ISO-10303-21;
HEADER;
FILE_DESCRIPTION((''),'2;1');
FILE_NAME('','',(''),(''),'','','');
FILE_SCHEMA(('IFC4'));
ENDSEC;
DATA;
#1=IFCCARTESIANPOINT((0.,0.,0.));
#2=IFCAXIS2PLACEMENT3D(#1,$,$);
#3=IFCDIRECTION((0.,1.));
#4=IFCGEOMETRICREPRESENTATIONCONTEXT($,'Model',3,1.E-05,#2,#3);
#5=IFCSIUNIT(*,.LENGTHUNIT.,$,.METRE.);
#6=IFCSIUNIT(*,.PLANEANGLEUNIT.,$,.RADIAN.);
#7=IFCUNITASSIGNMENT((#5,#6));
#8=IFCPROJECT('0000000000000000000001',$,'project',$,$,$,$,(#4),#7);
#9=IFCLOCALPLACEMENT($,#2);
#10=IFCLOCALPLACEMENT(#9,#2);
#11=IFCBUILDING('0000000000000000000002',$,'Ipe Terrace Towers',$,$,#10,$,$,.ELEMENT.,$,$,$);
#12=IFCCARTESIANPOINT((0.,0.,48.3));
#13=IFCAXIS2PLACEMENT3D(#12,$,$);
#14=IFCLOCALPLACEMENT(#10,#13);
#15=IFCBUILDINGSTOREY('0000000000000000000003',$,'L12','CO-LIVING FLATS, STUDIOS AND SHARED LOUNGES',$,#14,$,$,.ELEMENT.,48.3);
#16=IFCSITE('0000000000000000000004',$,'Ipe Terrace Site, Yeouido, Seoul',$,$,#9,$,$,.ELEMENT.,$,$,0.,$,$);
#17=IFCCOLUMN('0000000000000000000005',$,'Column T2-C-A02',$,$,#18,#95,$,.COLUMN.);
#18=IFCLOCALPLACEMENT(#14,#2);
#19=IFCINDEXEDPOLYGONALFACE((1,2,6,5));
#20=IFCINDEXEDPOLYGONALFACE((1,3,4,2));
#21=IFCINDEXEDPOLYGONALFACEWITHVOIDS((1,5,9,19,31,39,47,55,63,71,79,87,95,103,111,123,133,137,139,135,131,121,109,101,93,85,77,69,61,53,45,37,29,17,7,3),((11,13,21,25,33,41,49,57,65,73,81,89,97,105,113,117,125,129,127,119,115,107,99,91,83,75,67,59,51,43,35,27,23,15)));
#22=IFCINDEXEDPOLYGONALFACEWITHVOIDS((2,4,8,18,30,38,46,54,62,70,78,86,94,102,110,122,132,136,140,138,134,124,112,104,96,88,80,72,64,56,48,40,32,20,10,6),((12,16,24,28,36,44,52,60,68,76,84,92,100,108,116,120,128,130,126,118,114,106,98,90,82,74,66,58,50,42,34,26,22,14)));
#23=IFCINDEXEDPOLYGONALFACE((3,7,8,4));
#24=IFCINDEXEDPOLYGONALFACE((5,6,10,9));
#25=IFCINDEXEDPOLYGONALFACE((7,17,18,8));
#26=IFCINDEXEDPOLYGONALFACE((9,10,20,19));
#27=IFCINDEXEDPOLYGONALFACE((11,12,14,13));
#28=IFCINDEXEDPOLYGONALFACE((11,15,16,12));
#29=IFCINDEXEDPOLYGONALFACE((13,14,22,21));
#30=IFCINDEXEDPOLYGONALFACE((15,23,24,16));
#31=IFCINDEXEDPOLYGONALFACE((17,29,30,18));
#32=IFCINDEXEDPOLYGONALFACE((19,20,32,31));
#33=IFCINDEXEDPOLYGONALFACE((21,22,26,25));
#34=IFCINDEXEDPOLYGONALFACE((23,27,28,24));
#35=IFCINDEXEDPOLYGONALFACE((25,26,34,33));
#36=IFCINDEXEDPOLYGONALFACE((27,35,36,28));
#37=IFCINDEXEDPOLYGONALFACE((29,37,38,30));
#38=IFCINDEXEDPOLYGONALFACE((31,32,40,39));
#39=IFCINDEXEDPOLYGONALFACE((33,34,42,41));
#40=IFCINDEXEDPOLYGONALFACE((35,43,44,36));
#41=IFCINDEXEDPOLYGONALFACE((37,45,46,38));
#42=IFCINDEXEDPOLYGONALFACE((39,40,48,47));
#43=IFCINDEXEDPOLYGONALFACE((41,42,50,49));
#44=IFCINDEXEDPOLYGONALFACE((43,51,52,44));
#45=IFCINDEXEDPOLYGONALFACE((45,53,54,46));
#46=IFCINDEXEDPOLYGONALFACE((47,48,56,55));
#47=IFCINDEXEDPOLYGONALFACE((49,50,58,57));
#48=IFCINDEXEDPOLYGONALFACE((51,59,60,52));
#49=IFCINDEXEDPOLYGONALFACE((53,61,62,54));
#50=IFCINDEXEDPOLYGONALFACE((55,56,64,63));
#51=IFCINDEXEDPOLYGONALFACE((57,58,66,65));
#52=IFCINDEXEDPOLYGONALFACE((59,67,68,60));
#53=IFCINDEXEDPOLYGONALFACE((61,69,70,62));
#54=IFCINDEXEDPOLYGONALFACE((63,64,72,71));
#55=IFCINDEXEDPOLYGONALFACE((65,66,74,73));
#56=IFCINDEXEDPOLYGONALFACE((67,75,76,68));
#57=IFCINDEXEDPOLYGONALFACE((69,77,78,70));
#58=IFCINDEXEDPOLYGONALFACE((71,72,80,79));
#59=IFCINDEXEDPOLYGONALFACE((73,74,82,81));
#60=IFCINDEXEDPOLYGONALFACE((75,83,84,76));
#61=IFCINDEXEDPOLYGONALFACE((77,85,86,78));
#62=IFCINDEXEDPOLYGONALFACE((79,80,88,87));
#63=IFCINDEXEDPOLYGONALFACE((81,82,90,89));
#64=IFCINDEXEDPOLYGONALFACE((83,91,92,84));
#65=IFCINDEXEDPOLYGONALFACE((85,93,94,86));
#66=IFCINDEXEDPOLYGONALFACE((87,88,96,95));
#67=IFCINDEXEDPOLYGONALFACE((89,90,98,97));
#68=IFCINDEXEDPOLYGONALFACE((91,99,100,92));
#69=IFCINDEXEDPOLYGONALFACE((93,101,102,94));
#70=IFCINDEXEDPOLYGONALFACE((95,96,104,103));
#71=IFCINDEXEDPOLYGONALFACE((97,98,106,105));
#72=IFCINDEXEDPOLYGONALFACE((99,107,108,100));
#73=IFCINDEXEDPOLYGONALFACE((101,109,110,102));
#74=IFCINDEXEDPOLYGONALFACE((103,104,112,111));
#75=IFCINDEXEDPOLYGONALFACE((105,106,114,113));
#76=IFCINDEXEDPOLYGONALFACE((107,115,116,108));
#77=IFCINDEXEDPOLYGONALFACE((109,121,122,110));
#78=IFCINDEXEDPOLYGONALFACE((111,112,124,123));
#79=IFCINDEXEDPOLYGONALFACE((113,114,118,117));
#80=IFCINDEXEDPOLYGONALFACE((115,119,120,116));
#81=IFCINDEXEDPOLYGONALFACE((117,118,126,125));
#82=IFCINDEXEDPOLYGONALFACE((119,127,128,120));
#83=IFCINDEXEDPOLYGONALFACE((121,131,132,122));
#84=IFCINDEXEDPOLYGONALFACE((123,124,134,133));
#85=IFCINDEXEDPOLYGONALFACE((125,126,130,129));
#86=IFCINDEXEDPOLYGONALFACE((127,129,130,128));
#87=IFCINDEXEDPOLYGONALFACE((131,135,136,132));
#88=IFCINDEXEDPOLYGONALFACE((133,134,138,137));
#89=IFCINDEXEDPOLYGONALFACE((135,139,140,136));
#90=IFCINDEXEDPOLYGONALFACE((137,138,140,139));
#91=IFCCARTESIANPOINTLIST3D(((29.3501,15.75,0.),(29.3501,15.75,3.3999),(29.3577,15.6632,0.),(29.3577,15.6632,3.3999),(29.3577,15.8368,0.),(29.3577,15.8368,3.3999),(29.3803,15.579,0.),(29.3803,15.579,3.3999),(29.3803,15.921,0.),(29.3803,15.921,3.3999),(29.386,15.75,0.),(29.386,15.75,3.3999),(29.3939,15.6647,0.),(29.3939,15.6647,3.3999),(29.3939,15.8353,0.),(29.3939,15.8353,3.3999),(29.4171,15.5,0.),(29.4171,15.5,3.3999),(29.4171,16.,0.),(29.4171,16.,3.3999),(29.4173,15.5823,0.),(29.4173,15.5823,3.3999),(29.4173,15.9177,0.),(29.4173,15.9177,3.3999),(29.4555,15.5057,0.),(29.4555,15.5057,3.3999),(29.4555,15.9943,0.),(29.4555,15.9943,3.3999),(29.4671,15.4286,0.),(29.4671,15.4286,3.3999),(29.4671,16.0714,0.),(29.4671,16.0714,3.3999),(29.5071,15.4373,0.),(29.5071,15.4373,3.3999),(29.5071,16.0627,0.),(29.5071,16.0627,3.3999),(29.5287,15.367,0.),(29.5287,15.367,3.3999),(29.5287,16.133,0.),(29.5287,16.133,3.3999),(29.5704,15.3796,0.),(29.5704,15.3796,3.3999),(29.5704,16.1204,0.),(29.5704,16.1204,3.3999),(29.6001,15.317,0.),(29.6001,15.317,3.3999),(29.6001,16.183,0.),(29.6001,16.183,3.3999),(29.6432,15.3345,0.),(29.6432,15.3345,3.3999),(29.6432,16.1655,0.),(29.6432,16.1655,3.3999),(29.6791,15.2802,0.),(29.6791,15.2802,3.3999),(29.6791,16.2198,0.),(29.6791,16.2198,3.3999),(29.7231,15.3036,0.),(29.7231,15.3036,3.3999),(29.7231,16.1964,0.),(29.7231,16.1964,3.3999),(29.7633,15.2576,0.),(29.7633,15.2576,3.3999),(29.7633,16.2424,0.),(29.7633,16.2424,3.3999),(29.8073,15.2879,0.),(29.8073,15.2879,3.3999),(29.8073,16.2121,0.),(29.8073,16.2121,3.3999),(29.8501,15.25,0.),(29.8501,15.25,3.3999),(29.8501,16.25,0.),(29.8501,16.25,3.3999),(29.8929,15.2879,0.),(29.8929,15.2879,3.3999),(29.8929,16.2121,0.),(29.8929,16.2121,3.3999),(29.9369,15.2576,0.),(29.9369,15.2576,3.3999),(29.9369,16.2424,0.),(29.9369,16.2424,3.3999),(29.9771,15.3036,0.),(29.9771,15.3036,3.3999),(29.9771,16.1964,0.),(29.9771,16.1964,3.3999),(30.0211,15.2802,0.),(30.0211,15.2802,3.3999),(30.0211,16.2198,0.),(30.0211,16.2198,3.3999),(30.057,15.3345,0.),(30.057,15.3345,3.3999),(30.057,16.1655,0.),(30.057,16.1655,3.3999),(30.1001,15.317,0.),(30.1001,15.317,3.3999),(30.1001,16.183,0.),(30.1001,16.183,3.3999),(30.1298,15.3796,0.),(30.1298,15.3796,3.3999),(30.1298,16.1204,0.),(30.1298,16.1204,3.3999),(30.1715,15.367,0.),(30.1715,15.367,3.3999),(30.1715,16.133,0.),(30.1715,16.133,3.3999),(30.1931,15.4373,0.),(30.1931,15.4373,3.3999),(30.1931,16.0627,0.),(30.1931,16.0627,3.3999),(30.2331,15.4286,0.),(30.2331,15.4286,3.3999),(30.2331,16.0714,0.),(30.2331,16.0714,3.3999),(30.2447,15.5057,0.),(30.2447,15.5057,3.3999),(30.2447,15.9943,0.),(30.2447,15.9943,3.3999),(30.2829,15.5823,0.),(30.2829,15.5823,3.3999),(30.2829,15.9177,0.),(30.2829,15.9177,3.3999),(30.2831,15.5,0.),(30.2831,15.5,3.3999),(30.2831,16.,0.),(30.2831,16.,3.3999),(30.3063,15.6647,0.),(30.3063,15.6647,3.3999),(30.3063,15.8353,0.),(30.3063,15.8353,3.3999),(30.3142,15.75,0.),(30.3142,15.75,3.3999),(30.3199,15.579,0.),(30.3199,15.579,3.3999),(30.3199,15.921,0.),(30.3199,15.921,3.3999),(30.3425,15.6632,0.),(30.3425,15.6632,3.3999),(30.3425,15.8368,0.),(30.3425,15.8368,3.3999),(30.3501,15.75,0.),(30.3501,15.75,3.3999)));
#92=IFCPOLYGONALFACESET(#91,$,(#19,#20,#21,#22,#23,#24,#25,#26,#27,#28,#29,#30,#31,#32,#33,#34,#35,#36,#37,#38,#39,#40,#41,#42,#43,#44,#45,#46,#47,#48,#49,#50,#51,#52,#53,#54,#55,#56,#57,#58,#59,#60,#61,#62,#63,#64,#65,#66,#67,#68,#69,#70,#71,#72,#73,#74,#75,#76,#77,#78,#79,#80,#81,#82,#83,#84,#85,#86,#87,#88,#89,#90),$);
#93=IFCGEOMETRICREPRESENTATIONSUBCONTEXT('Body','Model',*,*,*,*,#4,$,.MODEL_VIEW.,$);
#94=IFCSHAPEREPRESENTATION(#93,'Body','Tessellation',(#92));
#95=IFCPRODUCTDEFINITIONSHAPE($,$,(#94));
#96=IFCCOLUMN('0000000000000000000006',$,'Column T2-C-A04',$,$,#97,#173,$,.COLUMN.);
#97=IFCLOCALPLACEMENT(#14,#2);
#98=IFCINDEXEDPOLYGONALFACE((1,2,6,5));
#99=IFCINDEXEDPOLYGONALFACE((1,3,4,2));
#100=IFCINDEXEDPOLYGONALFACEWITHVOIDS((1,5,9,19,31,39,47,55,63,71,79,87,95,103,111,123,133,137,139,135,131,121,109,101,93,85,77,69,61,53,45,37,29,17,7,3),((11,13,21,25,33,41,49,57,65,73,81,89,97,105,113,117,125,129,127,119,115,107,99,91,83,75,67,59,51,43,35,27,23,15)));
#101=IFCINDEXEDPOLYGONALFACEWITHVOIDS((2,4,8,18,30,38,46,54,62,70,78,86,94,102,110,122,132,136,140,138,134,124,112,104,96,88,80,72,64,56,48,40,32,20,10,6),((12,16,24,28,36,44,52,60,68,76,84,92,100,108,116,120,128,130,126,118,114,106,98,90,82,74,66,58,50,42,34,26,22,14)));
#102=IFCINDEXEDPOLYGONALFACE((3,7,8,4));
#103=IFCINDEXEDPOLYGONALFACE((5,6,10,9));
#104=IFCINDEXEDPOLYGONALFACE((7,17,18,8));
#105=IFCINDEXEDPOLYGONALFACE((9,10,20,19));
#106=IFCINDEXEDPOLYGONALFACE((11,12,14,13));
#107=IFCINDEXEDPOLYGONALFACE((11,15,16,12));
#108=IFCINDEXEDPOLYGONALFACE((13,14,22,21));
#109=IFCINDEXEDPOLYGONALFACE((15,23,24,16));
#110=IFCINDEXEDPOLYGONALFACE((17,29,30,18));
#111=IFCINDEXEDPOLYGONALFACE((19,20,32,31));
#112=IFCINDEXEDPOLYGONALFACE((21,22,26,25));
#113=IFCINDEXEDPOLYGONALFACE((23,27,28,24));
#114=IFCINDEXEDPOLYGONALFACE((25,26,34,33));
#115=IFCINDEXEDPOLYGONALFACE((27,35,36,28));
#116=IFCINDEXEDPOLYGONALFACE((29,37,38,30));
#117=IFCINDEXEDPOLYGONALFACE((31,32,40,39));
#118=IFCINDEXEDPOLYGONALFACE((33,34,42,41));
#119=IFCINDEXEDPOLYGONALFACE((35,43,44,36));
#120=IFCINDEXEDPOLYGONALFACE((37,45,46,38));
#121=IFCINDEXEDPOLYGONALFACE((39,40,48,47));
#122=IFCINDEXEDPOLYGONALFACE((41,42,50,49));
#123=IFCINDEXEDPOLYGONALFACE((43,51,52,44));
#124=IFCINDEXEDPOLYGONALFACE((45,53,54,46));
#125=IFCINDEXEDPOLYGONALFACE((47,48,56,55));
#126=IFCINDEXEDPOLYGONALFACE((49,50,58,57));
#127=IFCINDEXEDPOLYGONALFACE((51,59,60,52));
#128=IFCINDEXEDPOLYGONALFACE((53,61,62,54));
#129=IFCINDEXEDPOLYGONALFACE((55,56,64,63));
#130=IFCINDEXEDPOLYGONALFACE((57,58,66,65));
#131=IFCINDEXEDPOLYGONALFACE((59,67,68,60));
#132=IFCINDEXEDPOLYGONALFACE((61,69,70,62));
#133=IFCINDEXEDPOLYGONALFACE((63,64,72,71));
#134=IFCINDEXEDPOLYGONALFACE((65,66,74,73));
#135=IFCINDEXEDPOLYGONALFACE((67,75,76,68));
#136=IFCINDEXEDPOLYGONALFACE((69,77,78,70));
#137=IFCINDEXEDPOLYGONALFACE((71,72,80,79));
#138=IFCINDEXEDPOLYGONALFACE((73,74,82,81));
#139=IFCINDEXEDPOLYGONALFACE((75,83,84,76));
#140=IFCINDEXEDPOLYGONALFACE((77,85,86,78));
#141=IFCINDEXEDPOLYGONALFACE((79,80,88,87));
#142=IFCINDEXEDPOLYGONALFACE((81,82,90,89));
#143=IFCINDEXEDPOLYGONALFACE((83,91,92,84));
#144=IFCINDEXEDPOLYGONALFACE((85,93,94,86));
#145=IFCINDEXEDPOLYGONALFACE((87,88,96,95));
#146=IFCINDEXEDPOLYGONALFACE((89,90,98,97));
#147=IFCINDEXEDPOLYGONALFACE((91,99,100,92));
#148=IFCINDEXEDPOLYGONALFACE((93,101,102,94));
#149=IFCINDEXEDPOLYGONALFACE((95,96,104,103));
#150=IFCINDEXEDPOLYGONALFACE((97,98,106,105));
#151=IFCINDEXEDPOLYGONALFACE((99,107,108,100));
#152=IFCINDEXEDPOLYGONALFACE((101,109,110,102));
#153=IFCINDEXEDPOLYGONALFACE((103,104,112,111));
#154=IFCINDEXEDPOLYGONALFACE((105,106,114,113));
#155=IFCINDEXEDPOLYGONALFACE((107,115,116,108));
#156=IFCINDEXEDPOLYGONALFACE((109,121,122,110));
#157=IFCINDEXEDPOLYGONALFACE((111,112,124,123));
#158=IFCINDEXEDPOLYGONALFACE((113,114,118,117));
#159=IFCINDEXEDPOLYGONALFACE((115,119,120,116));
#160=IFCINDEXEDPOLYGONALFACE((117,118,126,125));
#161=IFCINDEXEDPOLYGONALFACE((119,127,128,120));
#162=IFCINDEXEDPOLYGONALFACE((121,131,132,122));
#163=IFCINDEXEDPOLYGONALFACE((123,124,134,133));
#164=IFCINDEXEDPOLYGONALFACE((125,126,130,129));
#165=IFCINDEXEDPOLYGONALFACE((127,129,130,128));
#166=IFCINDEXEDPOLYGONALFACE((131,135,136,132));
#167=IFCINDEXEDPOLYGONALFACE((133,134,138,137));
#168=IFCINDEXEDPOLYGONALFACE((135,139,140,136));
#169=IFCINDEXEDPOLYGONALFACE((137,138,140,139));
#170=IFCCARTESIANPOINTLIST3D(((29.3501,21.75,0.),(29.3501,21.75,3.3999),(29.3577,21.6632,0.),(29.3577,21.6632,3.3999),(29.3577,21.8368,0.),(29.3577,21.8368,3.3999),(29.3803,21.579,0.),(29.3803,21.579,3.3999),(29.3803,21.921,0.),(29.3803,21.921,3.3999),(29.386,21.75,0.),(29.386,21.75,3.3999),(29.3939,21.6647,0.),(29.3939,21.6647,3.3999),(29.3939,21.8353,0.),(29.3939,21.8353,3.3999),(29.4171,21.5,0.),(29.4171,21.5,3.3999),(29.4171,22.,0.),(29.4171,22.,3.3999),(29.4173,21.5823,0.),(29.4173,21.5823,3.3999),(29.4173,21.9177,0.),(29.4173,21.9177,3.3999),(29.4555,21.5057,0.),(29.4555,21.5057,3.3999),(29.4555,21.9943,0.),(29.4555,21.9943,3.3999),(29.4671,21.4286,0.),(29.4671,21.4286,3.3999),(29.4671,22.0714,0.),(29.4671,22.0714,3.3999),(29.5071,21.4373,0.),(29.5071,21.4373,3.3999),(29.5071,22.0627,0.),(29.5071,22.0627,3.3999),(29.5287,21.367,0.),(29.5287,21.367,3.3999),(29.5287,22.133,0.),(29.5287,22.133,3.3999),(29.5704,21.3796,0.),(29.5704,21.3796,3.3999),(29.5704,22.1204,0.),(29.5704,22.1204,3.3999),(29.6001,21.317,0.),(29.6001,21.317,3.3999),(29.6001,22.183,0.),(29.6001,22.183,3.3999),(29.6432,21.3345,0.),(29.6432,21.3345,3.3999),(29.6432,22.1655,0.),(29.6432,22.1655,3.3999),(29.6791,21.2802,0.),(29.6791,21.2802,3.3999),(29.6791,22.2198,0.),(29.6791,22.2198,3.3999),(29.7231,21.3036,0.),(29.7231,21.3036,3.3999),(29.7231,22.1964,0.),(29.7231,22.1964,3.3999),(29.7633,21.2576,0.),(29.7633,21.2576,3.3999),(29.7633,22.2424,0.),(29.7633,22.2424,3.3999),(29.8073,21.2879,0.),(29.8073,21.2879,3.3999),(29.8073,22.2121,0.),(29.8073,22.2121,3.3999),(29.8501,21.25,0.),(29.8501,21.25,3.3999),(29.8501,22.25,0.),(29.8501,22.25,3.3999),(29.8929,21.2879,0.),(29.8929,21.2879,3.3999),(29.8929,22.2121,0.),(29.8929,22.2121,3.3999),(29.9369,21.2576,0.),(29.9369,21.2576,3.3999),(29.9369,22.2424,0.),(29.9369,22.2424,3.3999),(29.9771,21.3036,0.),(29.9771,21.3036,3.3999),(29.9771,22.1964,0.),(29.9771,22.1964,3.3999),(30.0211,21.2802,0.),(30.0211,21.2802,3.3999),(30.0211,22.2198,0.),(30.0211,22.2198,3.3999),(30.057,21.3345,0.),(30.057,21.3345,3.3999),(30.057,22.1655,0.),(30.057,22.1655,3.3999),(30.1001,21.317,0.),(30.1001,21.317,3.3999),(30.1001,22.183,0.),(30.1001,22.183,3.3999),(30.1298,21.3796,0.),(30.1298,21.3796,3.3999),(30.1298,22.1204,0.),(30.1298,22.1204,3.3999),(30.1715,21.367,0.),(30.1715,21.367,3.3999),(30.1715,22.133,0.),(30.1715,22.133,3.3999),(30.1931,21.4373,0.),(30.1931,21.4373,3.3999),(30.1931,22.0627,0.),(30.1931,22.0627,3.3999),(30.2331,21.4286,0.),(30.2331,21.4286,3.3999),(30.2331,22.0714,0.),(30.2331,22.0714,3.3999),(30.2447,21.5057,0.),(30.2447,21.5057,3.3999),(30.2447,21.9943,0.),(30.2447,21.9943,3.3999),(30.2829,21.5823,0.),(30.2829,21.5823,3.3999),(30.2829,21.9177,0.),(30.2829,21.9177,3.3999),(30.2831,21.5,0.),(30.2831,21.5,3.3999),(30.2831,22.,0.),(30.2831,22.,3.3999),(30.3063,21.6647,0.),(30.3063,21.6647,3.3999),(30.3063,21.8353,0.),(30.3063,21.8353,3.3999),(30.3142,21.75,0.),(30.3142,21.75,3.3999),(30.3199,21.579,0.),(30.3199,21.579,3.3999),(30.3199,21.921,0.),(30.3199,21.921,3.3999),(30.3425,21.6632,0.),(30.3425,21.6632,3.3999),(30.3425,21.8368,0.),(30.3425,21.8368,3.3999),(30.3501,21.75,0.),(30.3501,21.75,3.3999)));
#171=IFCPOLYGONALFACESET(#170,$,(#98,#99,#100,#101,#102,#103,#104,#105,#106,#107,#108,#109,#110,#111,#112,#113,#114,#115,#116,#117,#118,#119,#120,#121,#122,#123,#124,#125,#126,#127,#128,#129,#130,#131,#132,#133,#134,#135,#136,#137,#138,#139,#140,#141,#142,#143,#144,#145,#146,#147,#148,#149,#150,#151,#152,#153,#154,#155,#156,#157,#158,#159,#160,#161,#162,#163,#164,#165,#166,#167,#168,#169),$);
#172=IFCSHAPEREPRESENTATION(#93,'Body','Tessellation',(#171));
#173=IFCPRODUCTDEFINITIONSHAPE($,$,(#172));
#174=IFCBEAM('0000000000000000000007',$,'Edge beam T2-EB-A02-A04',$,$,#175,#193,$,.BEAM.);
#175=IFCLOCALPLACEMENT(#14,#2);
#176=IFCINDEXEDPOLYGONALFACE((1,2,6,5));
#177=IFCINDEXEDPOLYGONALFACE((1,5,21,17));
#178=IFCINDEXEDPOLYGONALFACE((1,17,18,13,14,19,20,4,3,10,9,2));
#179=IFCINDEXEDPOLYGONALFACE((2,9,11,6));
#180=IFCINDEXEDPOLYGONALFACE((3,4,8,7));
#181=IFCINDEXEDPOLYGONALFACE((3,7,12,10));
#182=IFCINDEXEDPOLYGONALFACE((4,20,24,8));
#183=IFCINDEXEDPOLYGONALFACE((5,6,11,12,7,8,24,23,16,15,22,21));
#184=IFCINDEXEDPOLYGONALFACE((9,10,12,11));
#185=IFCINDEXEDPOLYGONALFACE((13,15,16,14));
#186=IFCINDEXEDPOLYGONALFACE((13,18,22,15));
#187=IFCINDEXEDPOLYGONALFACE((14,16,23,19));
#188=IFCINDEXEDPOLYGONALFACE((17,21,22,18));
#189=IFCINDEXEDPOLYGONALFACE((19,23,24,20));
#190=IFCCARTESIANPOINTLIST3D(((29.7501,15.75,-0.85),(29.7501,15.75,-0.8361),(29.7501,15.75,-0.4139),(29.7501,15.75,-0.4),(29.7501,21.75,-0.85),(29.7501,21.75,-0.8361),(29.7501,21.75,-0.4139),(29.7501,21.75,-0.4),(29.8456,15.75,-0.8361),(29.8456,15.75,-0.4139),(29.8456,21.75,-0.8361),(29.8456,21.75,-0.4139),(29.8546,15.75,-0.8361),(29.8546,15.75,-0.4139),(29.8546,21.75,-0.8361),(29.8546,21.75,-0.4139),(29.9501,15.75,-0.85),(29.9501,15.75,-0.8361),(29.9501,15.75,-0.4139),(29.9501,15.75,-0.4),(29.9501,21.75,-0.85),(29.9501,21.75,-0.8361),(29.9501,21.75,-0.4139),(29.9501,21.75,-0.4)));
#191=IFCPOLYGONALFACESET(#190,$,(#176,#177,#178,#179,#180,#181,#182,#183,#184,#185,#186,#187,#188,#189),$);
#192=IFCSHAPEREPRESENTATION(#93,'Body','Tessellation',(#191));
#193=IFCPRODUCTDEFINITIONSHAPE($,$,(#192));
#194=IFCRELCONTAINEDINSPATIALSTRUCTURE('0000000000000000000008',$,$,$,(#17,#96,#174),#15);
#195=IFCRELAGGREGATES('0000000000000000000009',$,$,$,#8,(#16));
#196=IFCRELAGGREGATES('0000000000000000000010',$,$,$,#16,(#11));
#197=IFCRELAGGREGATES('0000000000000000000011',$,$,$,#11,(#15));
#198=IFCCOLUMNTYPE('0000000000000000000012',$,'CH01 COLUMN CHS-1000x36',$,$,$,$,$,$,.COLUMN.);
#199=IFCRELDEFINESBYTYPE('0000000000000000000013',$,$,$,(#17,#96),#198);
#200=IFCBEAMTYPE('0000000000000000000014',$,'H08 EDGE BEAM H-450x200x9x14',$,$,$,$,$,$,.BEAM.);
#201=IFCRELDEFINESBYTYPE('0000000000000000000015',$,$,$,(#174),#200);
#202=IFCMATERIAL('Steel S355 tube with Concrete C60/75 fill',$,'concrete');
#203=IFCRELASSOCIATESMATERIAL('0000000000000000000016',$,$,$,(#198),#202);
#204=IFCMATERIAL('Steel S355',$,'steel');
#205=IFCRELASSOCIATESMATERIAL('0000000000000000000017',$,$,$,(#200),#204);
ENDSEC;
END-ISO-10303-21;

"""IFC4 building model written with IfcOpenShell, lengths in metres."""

from ifc_helpers import new_model, si_unit, direction, frame, origin, origin_2d, place, context, subcontext, project, spatial, hollow_circle, i_section, extrude, material, material_profile, profile_set, type_object, element, save


model = new_model("IFC4")

# Units and contexts
model_context = context("Model", 3, precision=1e-05, world=origin(), true_north=direction((0.0, 1.0)))
body_context = subcontext(model_context, "Body", "Model", "MODEL_VIEW")
ifc_project = project(units=[si_unit("LENGTHUNIT", "METRE"), si_unit("PLANEANGLEUNIT", "RADIAN")], contexts=[model_context])

# Site, building, storey
site_placement = place(None, origin())
site = spatial("IfcSite", under=ifc_project, at=site_placement, Name="Ipe Terrace Site, Yeouido, Seoul", CompositionType="ELEMENT", RefElevation=0.0)
building_placement = place(site_placement, origin())
building = spatial("IfcBuilding", under=site, at=building_placement, Name="Ipe Terrace Towers", CompositionType="ELEMENT")
storey_placement = place(building_placement, frame((0.0, 0.0, 48.3)))
storey = spatial("IfcBuildingStorey", under=building, at=storey_placement, Name="L12", Description="CO-LIVING FLATS, STUDIOS AND SHARED LOUNGES", CompositionType="ELEMENT", Elevation=48.3)

# Columns
ifc_material_1 = material(Name="Steel S355 tube with Concrete C60/75 fill", Category="concrete")
ifc_material_profile_1 = material_profile(ifc_material_1, hollow_circle(Radius=0.5, WallThickness=0.0359, at=origin_2d()), Name="CHS-1000x36")
ifc_profile_set_1 = profile_set([ifc_material_profile_1], Name="Steel S355 tube with Concrete C60/75 fill")
column_type = type_object("IfcColumnType", Name="CH01 COLUMN CHS-1000x36", PredefinedType="COLUMN", material=ifc_profile_set_1)
for number, where, z_axis, x_axis, name in (
    (1, (29.8501, 15.75, 0.0), (0.0, 0.0, 1.0), (1.0, 0.0, 0.0), "Column T2-C-A02"),
    (2, (29.8501, 21.75, 0.0), (0.0, 0.0, 1.0), (1.0, 0.0, 0.0), "Column T2-C-A04"),
):
    element("IfcColumn", number, at=place(storey_placement, frame(where, z_axis=z_axis, x_axis=x_axis)), inside=storey, type_object=column_type, Name=name, PredefinedType="COLUMN", context=body_context, shape_type="SweptSolid", body=[
        extrude(hollow_circle(Radius=0.5, WallThickness=0.0359, at=origin_2d()), origin(), (0.0, 0.0, 1.0), 3.3999),
    ])

# Beam
ifc_material_2 = material(Name="Steel S355", Category="steel")
ifc_material_profile_2 = material_profile(ifc_material_2, i_section(OverallWidth=0.2, OverallDepth=0.45, WebThickness=0.009, FlangeThickness=0.0139, at=origin_2d()), Name="H-450x200x9x14")
ifc_profile_set_2 = profile_set([ifc_material_profile_2], Name="Steel S355")
beam_type = type_object("IfcBeamType", Name="H08 EDGE BEAM H-450x200x9x14", PredefinedType="BEAM", material=ifc_profile_set_2)
beam_placement = place(storey_placement, frame((29.8501, 15.75, -0.625), z_axis=(0.0, 1.0, 0.0), x_axis=(-1.0, 0.0, 0.0)))
element("IfcBeam", 3, at=beam_placement, inside=storey, type_object=beam_type, Name="Edge beam T2-EB-A02-A04", PredefinedType="BEAM", context=body_context, shape_type="SweptSolid", body=[
    extrude(i_section(OverallWidth=0.2, OverallDepth=0.45, WebThickness=0.009, FlangeThickness=0.0139, at=origin_2d()), origin(), (0.0, 0.0, 1.0), 6.0),
])

save(model, "model.ifc")
